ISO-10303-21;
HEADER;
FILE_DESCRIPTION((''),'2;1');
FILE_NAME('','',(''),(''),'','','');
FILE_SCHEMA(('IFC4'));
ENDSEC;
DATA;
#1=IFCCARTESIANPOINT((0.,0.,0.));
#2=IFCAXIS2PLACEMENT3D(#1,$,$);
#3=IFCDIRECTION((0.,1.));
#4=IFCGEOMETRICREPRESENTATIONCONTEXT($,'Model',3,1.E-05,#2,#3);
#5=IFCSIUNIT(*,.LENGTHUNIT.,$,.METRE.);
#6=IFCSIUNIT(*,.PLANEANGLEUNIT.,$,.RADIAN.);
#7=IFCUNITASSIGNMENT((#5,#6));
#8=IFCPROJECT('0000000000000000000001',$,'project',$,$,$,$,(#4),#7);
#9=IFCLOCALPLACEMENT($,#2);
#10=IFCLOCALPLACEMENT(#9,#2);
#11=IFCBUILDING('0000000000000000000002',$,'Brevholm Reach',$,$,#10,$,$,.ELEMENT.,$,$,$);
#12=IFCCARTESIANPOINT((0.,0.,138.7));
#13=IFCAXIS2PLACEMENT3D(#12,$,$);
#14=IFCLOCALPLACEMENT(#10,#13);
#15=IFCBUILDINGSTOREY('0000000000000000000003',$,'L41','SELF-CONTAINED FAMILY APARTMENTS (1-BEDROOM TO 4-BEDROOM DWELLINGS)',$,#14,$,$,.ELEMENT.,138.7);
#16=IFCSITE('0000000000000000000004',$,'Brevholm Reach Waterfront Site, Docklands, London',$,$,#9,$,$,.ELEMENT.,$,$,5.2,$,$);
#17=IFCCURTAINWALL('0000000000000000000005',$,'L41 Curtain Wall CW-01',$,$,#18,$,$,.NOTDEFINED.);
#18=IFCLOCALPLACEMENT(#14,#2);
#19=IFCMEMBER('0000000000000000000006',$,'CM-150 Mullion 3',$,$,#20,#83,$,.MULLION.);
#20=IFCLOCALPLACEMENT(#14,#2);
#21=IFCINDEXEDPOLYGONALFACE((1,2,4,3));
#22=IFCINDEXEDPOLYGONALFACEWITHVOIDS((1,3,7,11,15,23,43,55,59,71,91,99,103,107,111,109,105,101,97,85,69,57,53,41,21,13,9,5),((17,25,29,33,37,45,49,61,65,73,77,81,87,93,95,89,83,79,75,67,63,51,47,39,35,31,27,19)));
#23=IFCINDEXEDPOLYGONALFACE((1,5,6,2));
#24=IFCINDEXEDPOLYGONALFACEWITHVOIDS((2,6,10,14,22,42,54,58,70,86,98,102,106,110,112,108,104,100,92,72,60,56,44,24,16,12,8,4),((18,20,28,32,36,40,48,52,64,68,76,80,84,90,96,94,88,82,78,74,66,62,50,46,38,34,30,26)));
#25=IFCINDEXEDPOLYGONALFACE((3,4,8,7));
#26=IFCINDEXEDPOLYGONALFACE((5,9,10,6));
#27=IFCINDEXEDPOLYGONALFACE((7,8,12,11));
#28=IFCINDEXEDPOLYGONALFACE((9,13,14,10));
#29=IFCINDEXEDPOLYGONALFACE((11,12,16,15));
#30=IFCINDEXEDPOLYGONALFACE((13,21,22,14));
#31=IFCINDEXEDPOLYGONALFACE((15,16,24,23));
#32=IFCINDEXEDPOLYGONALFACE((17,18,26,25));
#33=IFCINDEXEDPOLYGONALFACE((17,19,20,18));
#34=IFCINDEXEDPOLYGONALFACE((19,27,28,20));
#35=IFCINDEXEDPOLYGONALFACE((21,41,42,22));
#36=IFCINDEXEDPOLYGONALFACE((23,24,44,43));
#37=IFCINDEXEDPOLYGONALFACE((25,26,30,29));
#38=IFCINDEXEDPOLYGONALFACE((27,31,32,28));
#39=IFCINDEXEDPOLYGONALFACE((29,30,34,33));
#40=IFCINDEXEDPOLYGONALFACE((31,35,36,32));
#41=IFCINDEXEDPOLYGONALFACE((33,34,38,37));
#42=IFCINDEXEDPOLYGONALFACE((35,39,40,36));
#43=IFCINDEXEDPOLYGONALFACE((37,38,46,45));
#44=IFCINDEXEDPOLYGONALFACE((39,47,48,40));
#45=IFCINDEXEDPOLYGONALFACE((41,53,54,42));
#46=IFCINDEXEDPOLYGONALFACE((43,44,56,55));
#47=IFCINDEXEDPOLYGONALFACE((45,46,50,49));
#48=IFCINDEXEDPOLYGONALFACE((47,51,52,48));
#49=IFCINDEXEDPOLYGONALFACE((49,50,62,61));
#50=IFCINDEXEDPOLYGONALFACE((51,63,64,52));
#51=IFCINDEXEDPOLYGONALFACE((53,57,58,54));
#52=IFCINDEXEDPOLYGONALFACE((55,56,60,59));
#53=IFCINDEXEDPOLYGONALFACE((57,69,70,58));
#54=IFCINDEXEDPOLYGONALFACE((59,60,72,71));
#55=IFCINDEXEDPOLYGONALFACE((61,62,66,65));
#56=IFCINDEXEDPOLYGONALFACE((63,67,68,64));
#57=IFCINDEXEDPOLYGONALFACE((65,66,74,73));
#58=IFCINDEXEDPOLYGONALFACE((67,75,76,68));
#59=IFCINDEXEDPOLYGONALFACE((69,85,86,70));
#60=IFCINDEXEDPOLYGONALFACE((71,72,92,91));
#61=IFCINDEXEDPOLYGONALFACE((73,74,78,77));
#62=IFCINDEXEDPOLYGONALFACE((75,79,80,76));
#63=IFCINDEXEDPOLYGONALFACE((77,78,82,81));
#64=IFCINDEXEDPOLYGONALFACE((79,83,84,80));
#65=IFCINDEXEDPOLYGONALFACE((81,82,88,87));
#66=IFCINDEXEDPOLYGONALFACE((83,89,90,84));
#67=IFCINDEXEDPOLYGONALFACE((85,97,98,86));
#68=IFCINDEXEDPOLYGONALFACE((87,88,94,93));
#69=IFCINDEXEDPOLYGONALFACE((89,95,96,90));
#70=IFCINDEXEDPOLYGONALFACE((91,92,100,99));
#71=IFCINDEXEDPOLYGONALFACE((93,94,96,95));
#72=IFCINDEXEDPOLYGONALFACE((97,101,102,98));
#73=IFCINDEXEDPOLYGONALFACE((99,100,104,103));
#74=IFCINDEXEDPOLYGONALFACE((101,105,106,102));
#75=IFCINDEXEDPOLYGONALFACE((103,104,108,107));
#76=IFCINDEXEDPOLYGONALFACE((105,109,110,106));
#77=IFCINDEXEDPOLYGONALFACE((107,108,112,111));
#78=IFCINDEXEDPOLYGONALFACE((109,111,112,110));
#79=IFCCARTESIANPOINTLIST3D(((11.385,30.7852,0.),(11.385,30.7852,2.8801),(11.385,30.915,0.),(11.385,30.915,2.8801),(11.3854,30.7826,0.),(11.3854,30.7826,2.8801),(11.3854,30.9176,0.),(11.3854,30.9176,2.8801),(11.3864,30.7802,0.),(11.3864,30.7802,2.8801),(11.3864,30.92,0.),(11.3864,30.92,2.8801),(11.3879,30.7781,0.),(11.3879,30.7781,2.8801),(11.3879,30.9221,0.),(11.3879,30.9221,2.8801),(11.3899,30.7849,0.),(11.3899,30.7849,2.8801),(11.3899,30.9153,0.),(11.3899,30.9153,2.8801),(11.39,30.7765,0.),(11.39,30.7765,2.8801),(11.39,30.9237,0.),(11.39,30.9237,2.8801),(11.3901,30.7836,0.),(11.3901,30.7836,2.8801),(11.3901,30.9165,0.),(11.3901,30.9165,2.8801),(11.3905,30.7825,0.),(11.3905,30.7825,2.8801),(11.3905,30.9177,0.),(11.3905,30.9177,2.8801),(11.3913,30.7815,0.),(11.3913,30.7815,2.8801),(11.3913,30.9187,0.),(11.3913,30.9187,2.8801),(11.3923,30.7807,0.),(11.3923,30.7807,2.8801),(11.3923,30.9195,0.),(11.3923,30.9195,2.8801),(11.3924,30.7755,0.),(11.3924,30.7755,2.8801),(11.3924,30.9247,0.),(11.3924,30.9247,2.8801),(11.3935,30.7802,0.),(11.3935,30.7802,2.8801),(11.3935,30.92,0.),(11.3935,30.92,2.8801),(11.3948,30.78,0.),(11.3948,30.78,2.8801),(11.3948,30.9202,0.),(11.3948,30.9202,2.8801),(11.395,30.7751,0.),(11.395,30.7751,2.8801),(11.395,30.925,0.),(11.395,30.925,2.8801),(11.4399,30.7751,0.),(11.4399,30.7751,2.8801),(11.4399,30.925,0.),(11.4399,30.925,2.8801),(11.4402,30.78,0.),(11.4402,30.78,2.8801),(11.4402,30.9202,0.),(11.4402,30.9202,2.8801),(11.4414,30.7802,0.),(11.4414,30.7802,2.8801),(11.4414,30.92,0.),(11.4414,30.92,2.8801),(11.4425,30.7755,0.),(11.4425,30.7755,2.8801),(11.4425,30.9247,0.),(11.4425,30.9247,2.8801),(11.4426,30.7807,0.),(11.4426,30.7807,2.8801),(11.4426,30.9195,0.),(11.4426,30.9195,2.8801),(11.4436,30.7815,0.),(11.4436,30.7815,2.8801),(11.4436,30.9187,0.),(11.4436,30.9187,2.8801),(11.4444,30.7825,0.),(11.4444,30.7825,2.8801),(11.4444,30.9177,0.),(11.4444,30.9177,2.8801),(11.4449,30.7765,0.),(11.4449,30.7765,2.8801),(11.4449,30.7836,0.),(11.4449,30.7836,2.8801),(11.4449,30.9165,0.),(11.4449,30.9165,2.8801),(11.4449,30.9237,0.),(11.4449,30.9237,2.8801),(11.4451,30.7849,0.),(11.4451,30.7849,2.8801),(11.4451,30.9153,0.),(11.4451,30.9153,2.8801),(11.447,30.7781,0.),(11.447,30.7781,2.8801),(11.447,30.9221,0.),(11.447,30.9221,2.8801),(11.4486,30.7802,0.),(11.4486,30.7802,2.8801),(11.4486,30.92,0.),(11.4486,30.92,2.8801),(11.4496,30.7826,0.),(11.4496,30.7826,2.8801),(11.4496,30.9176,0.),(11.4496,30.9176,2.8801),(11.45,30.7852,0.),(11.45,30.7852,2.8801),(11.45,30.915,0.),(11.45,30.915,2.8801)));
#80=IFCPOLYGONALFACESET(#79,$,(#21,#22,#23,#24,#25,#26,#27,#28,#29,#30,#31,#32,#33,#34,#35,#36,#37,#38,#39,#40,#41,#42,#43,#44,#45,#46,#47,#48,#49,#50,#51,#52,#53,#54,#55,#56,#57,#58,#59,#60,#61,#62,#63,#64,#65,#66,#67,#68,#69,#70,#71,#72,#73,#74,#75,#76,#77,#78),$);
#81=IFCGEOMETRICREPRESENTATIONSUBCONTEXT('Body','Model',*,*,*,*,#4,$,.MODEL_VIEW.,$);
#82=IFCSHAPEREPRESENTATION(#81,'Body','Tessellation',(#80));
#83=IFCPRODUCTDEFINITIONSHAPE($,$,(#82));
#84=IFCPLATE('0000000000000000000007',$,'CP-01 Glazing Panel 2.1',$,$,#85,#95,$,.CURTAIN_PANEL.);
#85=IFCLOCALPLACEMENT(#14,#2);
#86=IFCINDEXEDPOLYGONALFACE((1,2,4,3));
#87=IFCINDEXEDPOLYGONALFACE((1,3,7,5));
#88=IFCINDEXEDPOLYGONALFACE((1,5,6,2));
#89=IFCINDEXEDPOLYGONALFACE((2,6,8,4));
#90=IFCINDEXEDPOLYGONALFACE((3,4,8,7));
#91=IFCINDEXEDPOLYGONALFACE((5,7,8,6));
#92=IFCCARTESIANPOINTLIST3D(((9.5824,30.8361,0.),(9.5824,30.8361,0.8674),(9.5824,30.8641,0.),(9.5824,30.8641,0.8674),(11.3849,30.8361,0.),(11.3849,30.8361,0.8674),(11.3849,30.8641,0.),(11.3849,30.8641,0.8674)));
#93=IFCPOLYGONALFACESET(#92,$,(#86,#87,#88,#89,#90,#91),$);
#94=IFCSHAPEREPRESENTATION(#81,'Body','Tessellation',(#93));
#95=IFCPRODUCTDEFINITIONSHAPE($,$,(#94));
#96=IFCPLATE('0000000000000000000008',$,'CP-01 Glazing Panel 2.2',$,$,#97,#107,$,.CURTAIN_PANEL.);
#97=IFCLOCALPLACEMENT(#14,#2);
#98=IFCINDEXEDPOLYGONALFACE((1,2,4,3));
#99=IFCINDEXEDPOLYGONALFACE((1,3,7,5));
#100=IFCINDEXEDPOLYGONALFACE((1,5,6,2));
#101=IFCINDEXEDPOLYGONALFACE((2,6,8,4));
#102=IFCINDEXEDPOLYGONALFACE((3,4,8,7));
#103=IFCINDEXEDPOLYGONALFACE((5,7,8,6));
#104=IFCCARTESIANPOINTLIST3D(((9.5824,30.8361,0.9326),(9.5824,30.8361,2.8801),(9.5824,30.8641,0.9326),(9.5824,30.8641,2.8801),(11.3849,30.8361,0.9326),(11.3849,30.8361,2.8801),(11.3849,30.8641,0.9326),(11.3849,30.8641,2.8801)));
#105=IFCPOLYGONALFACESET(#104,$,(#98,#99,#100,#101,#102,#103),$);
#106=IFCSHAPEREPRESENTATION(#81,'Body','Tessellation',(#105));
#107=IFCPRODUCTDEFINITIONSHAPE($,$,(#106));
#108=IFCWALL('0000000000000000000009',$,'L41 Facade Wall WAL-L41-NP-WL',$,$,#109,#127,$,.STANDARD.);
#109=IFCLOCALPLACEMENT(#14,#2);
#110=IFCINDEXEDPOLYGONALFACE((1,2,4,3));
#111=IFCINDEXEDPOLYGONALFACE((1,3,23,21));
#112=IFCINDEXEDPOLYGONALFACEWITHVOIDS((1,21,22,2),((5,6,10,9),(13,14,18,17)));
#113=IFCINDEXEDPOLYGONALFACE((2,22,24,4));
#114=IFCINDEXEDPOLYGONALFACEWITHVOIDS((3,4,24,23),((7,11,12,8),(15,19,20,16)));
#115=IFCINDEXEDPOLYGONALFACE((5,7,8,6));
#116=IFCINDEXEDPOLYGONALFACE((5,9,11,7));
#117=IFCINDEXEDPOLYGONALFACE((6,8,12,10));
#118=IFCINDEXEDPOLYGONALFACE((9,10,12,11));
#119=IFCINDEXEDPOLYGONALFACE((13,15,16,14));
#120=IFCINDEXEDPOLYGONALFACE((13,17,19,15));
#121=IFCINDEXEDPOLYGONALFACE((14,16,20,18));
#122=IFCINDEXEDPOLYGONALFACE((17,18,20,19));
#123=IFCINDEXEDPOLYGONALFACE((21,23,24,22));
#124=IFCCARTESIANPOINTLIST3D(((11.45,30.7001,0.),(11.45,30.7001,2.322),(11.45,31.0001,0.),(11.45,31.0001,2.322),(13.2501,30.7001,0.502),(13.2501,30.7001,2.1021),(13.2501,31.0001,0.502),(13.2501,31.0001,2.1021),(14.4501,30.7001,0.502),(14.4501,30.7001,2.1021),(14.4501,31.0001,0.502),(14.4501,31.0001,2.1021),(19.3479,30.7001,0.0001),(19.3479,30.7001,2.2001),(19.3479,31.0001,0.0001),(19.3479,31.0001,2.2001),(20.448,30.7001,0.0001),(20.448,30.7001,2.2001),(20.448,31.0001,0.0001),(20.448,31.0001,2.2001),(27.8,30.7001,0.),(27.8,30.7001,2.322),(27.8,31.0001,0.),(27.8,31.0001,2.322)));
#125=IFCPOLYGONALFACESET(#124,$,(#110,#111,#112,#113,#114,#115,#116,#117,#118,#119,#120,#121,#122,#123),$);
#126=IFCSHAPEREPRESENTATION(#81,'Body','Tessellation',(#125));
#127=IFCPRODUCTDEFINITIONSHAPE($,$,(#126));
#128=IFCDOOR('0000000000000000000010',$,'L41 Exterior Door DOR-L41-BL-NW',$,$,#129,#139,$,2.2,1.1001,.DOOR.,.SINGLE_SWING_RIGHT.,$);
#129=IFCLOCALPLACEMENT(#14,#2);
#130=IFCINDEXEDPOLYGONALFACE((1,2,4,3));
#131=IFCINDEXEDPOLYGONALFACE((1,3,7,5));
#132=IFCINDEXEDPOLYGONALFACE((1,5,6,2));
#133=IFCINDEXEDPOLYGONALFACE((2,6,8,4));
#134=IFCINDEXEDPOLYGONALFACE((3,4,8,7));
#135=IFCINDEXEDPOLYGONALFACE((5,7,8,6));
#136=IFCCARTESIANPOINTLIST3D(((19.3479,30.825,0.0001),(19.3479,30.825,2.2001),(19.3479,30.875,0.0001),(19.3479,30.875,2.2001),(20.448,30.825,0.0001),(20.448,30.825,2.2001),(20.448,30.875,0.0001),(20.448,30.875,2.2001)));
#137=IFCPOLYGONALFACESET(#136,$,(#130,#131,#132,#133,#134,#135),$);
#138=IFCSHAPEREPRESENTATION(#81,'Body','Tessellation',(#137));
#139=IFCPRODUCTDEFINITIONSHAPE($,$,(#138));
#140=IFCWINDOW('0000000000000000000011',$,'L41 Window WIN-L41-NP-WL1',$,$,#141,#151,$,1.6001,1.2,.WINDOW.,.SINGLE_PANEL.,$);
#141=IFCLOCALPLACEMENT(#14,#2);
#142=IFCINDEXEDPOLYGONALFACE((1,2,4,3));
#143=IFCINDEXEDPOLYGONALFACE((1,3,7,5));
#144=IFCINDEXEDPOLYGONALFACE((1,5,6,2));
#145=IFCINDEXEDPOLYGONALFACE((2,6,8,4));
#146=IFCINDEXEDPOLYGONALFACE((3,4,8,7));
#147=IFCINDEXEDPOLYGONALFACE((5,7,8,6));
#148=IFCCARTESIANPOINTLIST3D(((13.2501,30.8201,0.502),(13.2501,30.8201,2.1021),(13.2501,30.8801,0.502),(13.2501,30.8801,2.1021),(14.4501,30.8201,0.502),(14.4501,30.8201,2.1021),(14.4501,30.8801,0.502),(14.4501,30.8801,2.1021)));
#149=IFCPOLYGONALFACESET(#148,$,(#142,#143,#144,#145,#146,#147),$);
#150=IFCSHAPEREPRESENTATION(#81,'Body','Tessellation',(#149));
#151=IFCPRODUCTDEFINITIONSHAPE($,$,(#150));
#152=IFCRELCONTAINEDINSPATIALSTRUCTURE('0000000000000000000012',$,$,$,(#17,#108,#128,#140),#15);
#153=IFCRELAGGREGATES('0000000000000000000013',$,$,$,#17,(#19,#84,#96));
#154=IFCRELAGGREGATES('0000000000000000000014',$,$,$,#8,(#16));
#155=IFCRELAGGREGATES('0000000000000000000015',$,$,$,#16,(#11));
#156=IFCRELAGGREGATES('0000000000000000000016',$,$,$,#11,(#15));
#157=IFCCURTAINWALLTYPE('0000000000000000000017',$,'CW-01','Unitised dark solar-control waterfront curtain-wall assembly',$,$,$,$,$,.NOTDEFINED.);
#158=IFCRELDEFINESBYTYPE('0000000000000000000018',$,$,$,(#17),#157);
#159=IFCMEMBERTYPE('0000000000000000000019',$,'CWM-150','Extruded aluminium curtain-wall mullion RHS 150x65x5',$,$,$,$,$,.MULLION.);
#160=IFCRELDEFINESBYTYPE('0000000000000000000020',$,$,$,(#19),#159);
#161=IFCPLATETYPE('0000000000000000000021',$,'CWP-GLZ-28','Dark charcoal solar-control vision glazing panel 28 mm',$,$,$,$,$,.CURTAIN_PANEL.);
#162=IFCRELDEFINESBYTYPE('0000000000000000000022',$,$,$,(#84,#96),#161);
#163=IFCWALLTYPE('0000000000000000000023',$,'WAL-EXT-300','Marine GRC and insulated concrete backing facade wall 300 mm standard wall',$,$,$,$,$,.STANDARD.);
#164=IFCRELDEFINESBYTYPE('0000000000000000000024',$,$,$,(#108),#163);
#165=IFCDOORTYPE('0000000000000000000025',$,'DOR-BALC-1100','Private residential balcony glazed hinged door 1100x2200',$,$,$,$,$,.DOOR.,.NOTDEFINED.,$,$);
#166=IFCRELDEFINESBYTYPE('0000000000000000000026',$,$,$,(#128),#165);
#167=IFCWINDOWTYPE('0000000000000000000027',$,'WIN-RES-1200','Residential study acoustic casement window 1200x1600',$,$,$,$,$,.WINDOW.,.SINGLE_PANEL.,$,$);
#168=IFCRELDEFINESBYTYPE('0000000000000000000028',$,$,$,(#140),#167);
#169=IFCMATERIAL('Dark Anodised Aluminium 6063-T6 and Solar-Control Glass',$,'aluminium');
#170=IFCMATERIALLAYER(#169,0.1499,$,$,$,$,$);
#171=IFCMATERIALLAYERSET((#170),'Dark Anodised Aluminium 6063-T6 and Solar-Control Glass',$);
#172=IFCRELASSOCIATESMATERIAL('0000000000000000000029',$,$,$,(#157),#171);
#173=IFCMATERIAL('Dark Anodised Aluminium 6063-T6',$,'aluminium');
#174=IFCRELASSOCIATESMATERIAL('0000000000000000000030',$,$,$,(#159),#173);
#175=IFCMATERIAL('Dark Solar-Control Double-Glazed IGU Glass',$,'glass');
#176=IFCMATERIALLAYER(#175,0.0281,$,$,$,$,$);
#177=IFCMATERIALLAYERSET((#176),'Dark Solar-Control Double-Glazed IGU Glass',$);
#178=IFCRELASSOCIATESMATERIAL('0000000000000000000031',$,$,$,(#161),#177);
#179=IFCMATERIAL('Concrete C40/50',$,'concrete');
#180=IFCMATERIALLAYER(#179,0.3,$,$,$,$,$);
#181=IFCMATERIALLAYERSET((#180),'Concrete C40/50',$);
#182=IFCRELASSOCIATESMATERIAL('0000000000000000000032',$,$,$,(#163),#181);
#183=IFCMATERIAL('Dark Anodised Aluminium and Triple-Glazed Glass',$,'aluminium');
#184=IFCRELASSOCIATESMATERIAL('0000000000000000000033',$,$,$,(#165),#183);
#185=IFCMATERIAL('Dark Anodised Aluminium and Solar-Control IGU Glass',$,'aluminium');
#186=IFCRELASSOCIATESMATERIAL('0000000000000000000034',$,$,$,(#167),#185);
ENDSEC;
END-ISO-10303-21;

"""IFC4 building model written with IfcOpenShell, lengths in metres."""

from ifc_helpers import new_model, si_unit, direction, frame, frame_2d, origin, origin_2d, place, context, subcontext, project, spatial, rectangle, hollow_rectangle, extrude, material, layer, layer_set, material_profile, profile_set, type_object, element, fill, aggregate, save


model = new_model("IFC4")

# Units and contexts
model_context = context("Model", 3, precision=1e-05, world=origin(), true_north=direction((0.0, 1.0)))
body_context = subcontext(model_context, "Body", "Model", "MODEL_VIEW")
ifc_project = project(units=[si_unit("LENGTHUNIT", "METRE"), si_unit("PLANEANGLEUNIT", "RADIAN")], contexts=[model_context])

# Site, building, storey
site_placement = place(None, origin())
site = spatial("IfcSite", under=ifc_project, at=site_placement, Name="Brevholm Reach Waterfront Site, Docklands, London", CompositionType="ELEMENT", RefElevation=5.2)
building_placement = place(site_placement, origin())
building = spatial("IfcBuilding", under=site, at=building_placement, Name="Brevholm Reach", CompositionType="ELEMENT")
storey_placement = place(building_placement, frame((0.0, 0.0, 138.7)))
storey = spatial("IfcBuildingStorey", under=building, at=storey_placement, Name="L41", Description="SELF-CONTAINED FAMILY APARTMENTS (1-BEDROOM TO 4-BEDROOM DWELLINGS)", CompositionType="ELEMENT", Elevation=138.7)

# Curtain wall, member, plates
ifc_material_1 = material(Name="Dark Anodised Aluminium 6063-T6 and Solar-Control Glass", Category="aluminium")
ifc_layer_1 = layer(ifc_material_1, 0.1499)
ifc_layer_set_1 = layer_set([ifc_layer_1], Name="Dark Anodised Aluminium 6063-T6 and Solar-Control Glass")
curtain_wall_type = type_object("IfcCurtainWallType", Name="CW-01", Description="Unitised dark solar-control waterfront curtain-wall assembly", PredefinedType="NOTDEFINED", material=ifc_layer_set_1)
curtain_wall_placement = place(storey_placement, origin())
curtain_wall = element("IfcCurtainWall", 1, at=curtain_wall_placement, inside=storey, type_object=curtain_wall_type, Name="L41 Curtain Wall CW-01", PredefinedType="NOTDEFINED")
ifc_material_2 = material(Name="Dark Anodised Aluminium 6063-T6", Category="aluminium")
ifc_material_profile_1 = material_profile(ifc_material_2, hollow_rectangle(XDim=0.0649, YDim=0.1499, WallThickness=0.0049, InnerFilletRadius=0.0049, OuterFilletRadius=0.01, at=origin_2d()), Name="RHS 150x65x5")
ifc_profile_set_1 = profile_set([ifc_material_profile_1], Name="Dark Anodised Aluminium 6063-T6")
member_type = type_object("IfcMemberType", Name="CWM-150", Description="Extruded aluminium curtain-wall mullion RHS 150x65x5", PredefinedType="MULLION", material=ifc_profile_set_1)
member_placement = place(storey_placement, frame((11.4175, 30.8501, 0.0), z_axis=(0.0, 0.0, 1.0), x_axis=(1.0, 0.0, 0.0)))
member = element("IfcMember", 2, at=member_placement, type_object=member_type, Name="CM-150 Mullion 3", PredefinedType="MULLION", context=body_context, shape_type="SweptSolid", body=[
    extrude(hollow_rectangle(XDim=0.0649, YDim=0.1499, WallThickness=0.0049, InnerFilletRadius=0.0049, OuterFilletRadius=0.01, at=origin_2d()), origin(), (0.0, 0.0, 1.0), 2.8801),
])
ifc_material_3 = material(Name="Dark Solar-Control Double-Glazed IGU Glass", Category="glass")
ifc_layer_2 = layer(ifc_material_3, 0.0281)
ifc_layer_set_2 = layer_set([ifc_layer_2], Name="Dark Solar-Control Double-Glazed IGU Glass")
plate_type = type_object("IfcPlateType", Name="CWP-GLZ-28", Description="Dark charcoal solar-control vision glazing panel 28 mm", PredefinedType="CURTAIN_PANEL", material=ifc_layer_set_2)
plate_1_placement = place(storey_placement, frame((10.4836, 30.8501, 0.0), z_axis=(0.0, 0.0, 1.0), x_axis=(1.0, 0.0, 0.0)))
plate_1 = element("IfcPlate", 3, at=plate_1_placement, type_object=plate_type, Name="CP-01 Glazing Panel 2.1", PredefinedType="CURTAIN_PANEL", context=body_context, shape_type="SweptSolid", body=[
    extrude(rectangle(XDim=1.8025, YDim=0.0281, at=origin_2d()), origin(), (0.0, 0.0, 1.0), 0.8674),
])
plate_2_placement = place(storey_placement, frame((10.4836, 30.8501, 0.9326), z_axis=(0.0, 0.0, 1.0), x_axis=(1.0, 0.0, 0.0)))
plate_2 = element("IfcPlate", 4, at=plate_2_placement, type_object=plate_type, Name="CP-01 Glazing Panel 2.2", PredefinedType="CURTAIN_PANEL", context=body_context, shape_type="SweptSolid", body=[
    extrude(rectangle(XDim=1.8025, YDim=0.0281, at=origin_2d()), origin(), (0.0, 0.0, 1.0), 1.9475),
])
aggregate(curtain_wall, [member, plate_1, plate_2])

# Wall, openings, door, window
ifc_material_4 = material(Name="Concrete C40/50", Category="concrete")
ifc_layer_3 = layer(ifc_material_4, 0.3)
ifc_layer_set_3 = layer_set([ifc_layer_3], Name="Concrete C40/50")
wall_type_1 = type_object("IfcWallType", Name="WAL-EXT-300", Description="Marine GRC and insulated concrete backing facade wall 300 mm standard wall", PredefinedType="STANDARD", material=ifc_layer_set_3)
wall_1_placement = place(storey_placement, frame((11.45, 30.8501, 0.0), z_axis=(0.0, 0.0, 1.0), x_axis=(1.0, 0.0, 0.0)))
wall_1 = element("IfcWall", 5, at=wall_1_placement, inside=storey, type_object=wall_type_1, Name="L41 Facade Wall WAL-L41-NP-WL", PredefinedType="STANDARD", context=body_context, shape_type="SweptSolid", body=[
    extrude(rectangle(XDim=16.3501, YDim=0.3, at=frame_2d((8.175, 0.0))), origin(), (0.0, 0.0, 1.0), 2.322),
])
opening_1_placement = place(wall_1_placement, frame((7.8979, 0.0, 0.0)))
opening_1 = element("IfcOpeningElement", 6, at=opening_1_placement, cuts=wall_1, PredefinedType="OPENING", context=body_context, shape_type="SweptSolid", body=[
    extrude(rectangle(XDim=1.1001, YDim=2.2, at=frame_2d((0.55, 1.1001))), frame((0.0, 0.1599, 0.0), z_axis=(0.0, -1.0, 0.0), x_axis=(1.0, 0.0, 0.0)), (0.0, 0.0, 1.0), 0.3201),
])
opening_2_placement = place(wall_1_placement, frame((1.8, 0.0, 0.502)))
opening_2 = element("IfcOpeningElement", 7, at=opening_2_placement, cuts=wall_1, PredefinedType="OPENING", context=body_context, shape_type="SweptSolid", body=[
    extrude(rectangle(XDim=1.2, YDim=1.6001, at=frame_2d((0.6001, 0.8))), frame((0.0, 0.1599, 0.0), z_axis=(0.0, -1.0, 0.0), x_axis=(1.0, 0.0, 0.0)), (0.0, 0.0, 1.0), 0.3201),
])
ifc_material_5 = material(Name="Dark Anodised Aluminium and Triple-Glazed Glass", Category="aluminium")
door_type_1 = type_object("IfcDoorType", Name="DOR-BALC-1100", Description="Private residential balcony glazed hinged door 1100x2200", OperationType="NOTDEFINED", PredefinedType="DOOR", material=ifc_material_5)
door_1_placement = place(opening_1_placement, origin())
door_1 = element("IfcDoor", 8, at=door_1_placement, inside=storey, type_object=door_type_1, Name="L41 Exterior Door DOR-L41-BL-NW", OperationType="SINGLE_SWING_RIGHT", OverallHeight=2.2, OverallWidth=1.1001, PredefinedType="DOOR", context=body_context, shape_type="SweptSolid", body=[
    extrude(rectangle(XDim=1.1001, YDim=2.2, at=frame_2d((0.55, 1.1001))), frame((0.0, 0.0249, 0.0), z_axis=(0.0, -1.0, 0.0), x_axis=(1.0, 0.0, 0.0)), (0.0, 0.0, 1.0), 0.05),
])
fill(opening_1, door_1)
ifc_material_6 = material(Name="Dark Anodised Aluminium and Solar-Control IGU Glass", Category="aluminium")
window_type = type_object("IfcWindowType", Name="WIN-RES-1200", Description="Residential study acoustic casement window 1200x1600", PartitioningType="SINGLE_PANEL", PredefinedType="WINDOW", material=ifc_material_6)
window_placement = place(opening_2_placement, origin())
window = element("IfcWindow", 9, at=window_placement, inside=storey, type_object=window_type, Name="L41 Window WIN-L41-NP-WL1", OverallHeight=1.6001, OverallWidth=1.2, PartitioningType="SINGLE_PANEL", PredefinedType="WINDOW", context=body_context, shape_type="SweptSolid", body=[
    extrude(rectangle(XDim=1.2, YDim=1.6001, at=frame_2d((0.6001, 0.8))), frame((0.0, 0.03, 0.0), z_axis=(0.0, -1.0, 0.0), x_axis=(1.0, 0.0, 0.0)), (0.0, 0.0, 1.0), 0.0601),
])
fill(opening_2, window)

save(model, "model.ifc")
